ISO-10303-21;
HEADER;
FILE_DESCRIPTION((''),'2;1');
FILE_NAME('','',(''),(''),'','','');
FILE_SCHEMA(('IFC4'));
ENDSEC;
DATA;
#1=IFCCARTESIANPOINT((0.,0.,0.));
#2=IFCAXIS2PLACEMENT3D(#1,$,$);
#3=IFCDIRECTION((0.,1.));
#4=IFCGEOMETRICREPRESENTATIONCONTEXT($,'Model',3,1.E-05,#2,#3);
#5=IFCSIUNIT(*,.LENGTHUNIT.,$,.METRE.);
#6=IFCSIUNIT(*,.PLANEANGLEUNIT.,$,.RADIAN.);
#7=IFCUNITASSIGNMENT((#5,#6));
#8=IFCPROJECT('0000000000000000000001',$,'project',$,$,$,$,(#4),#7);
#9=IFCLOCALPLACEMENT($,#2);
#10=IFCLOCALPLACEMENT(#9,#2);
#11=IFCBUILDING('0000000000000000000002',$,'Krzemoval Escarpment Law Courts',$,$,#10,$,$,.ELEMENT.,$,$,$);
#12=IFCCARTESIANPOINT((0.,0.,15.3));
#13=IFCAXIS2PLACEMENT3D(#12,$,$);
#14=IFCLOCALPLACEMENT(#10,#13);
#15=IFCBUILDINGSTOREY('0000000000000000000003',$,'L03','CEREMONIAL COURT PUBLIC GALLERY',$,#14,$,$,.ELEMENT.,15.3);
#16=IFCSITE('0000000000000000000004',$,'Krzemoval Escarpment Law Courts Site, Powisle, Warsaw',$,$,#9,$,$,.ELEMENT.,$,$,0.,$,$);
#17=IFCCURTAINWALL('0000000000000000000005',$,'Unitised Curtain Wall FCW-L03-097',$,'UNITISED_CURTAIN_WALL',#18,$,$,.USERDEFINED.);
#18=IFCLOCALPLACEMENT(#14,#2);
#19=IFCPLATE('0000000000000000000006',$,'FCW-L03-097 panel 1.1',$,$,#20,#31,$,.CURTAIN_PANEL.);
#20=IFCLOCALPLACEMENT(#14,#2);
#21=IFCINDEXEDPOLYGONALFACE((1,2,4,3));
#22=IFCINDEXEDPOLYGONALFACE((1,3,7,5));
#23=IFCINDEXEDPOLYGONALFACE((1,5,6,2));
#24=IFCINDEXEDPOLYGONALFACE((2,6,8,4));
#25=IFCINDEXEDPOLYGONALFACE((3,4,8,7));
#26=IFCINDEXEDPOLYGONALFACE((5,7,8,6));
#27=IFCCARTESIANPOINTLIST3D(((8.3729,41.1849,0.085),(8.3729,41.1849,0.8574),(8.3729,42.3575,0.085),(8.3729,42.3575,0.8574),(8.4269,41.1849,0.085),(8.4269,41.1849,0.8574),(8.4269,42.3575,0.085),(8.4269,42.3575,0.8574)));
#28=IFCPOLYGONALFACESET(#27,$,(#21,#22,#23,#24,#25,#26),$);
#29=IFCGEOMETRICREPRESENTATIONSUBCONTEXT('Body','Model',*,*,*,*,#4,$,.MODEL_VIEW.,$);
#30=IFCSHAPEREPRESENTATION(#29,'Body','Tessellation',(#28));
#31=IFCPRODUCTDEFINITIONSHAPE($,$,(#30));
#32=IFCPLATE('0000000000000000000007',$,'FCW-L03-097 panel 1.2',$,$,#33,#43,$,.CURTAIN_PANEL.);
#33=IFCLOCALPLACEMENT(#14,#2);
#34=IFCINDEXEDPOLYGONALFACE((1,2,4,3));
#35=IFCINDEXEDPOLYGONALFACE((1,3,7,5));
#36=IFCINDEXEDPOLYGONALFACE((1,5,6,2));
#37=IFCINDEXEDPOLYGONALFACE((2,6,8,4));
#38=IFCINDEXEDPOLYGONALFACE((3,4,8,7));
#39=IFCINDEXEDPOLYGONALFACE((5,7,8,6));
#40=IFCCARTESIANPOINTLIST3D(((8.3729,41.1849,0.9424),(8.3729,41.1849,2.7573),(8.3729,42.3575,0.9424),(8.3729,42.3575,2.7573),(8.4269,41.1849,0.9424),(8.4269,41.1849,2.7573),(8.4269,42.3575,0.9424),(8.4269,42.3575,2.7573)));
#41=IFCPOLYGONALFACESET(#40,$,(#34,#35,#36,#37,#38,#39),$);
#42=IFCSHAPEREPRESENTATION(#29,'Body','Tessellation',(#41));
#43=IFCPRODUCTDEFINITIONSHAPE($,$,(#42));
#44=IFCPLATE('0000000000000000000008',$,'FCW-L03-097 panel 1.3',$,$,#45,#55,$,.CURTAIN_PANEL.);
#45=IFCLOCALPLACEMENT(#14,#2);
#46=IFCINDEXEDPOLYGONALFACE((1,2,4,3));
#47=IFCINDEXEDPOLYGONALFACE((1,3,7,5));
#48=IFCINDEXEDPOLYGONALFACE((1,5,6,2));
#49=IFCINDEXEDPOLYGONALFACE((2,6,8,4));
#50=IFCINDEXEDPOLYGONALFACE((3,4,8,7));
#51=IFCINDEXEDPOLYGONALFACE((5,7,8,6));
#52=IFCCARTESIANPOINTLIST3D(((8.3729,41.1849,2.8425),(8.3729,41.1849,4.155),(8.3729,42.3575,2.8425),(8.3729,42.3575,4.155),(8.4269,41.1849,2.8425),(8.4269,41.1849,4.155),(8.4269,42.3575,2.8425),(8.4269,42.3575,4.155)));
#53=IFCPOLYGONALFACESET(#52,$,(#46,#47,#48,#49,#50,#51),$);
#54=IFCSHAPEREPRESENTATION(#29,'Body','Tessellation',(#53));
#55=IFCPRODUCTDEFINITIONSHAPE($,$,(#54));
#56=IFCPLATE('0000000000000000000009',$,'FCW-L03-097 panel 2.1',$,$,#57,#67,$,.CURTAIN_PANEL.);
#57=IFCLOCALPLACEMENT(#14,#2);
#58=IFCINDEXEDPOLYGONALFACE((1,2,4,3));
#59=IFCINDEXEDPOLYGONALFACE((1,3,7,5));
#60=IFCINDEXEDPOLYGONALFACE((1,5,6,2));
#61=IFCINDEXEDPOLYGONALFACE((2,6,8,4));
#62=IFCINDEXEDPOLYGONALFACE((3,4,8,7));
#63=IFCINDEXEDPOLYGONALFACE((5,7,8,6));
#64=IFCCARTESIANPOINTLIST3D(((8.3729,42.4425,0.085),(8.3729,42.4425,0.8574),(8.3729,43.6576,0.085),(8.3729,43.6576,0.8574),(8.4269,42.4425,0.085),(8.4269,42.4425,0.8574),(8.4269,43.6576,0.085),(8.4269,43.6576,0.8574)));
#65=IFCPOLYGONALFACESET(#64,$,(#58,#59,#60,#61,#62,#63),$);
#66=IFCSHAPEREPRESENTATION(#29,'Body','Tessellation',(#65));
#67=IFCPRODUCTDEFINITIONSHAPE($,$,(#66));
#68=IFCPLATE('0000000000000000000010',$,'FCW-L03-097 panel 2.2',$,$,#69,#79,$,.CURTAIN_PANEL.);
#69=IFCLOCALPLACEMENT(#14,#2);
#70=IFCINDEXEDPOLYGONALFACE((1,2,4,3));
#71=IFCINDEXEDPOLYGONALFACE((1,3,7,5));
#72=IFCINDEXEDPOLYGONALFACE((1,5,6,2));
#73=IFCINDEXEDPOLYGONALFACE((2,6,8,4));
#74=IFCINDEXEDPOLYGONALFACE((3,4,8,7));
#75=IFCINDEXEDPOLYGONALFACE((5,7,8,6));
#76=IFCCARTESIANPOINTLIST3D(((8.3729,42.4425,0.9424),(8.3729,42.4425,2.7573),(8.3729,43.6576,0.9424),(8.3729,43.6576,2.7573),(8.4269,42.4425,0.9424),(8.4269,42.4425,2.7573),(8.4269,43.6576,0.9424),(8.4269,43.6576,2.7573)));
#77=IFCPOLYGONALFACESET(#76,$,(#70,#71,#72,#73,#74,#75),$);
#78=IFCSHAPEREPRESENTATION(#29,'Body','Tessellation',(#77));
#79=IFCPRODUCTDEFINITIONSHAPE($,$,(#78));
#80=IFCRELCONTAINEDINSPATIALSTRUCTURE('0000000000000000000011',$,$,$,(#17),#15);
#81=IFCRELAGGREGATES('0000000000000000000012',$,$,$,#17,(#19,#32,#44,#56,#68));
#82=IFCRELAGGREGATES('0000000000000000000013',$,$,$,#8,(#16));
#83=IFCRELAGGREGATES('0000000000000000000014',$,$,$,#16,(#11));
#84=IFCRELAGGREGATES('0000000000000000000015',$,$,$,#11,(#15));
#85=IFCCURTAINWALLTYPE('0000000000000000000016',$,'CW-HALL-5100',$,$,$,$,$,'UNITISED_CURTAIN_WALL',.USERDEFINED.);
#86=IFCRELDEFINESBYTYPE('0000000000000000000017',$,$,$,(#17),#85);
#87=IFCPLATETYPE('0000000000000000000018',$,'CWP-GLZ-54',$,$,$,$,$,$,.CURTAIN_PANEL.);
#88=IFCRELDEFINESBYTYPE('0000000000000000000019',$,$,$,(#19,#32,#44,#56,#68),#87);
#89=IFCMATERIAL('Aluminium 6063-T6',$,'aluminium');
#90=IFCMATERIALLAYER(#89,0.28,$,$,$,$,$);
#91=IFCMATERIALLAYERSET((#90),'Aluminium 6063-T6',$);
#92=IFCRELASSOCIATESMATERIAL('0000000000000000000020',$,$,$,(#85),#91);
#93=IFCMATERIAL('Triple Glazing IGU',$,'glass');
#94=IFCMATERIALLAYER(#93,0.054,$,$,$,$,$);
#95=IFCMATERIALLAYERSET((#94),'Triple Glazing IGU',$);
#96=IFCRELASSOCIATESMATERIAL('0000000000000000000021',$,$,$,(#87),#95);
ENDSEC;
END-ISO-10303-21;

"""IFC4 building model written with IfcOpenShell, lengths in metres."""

from ifc_helpers import new_model, si_unit, direction, frame, origin, origin_2d, place, context, subcontext, project, spatial, rectangle, extrude, material, layer, layer_set, type_object, element, aggregate, save


model = new_model("IFC4")

# Units and contexts
model_context = context("Model", 3, precision=1e-05, world=origin(), true_north=direction((0.0, 1.0)))
body_context = subcontext(model_context, "Body", "Model", "MODEL_VIEW")
ifc_project = project(units=[si_unit("LENGTHUNIT", "METRE"), si_unit("PLANEANGLEUNIT", "RADIAN")], contexts=[model_context])

# Site, building, storey
site_placement = place(None, origin())
site = spatial("IfcSite", under=ifc_project, at=site_placement, Name="Krzemoval Escarpment Law Courts Site, Powisle, Warsaw", CompositionType="ELEMENT", RefElevation=0.0)
building_placement = place(site_placement, origin())
building = spatial("IfcBuilding", under=site, at=building_placement, Name="Krzemoval Escarpment Law Courts", CompositionType="ELEMENT")
storey_placement = place(building_placement, frame((0.0, 0.0, 15.3)))
storey = spatial("IfcBuildingStorey", under=building, at=storey_placement, Name="L03", Description="CEREMONIAL COURT PUBLIC GALLERY", CompositionType="ELEMENT", Elevation=15.3)

# Curtain wall
ifc_material_1 = material(Name="Aluminium 6063-T6", Category="aluminium")
ifc_layer_1 = layer(ifc_material_1, 0.28)
ifc_layer_set_1 = layer_set([ifc_layer_1], Name="Aluminium 6063-T6")
curtain_wall_type = type_object("IfcCurtainWallType", Name="CW-HALL-5100", ElementType="UNITISED_CURTAIN_WALL", PredefinedType="USERDEFINED", material=ifc_layer_set_1)
curtain_wall_1_placement = place(storey_placement, origin())
curtain_wall_1 = element("IfcCurtainWall", 1, at=curtain_wall_1_placement, inside=storey, type_object=curtain_wall_type, Name="Unitised Curtain Wall FCW-L03-097", ObjectType="UNITISED_CURTAIN_WALL", PredefinedType="USERDEFINED")

# Plates
ifc_material_2 = material(Name="Triple Glazing IGU", Category="glass")
ifc_layer_2 = layer(ifc_material_2, 0.054)
ifc_layer_set_2 = layer_set([ifc_layer_2], Name="Triple Glazing IGU")
plate_type = type_object("IfcPlateType", Name="CWP-GLZ-54", PredefinedType="CURTAIN_PANEL", material=ifc_layer_set_2)
plate_1_placement = place(storey_placement, frame((8.3999, 41.7712, 0.085), z_axis=(0.0, 0.0, 1.0), x_axis=(0.0, 1.0, 0.0)))
plate_1 = element("IfcPlate", 2, at=plate_1_placement, type_object=plate_type, Name="FCW-L03-097 panel 1.1", PredefinedType="CURTAIN_PANEL", context=body_context, shape_type="SweptSolid", body=[
    extrude(rectangle(XDim=1.1726, YDim=0.054, at=origin_2d()), origin(), (0.0, 0.0, 1.0), 0.7725),
])
plate_2_placement = place(storey_placement, frame((8.3999, 41.7712, 0.9424), z_axis=(0.0, 0.0, 1.0), x_axis=(0.0, 1.0, 0.0)))
plate_2 = element("IfcPlate", 3, at=plate_2_placement, type_object=plate_type, Name="FCW-L03-097 panel 1.2", PredefinedType="CURTAIN_PANEL", context=body_context, shape_type="SweptSolid", body=[
    extrude(rectangle(XDim=1.1726, YDim=0.054, at=origin_2d()), origin(), (0.0, 0.0, 1.0), 1.8149),
])
plate_3_placement = place(storey_placement, frame((8.3999, 41.7712, 2.8425), z_axis=(0.0, 0.0, 1.0), x_axis=(0.0, 1.0, 0.0)))
plate_3 = element("IfcPlate", 4, at=plate_3_placement, type_object=plate_type, Name="FCW-L03-097 panel 1.3", PredefinedType="CURTAIN_PANEL", context=body_context, shape_type="SweptSolid", body=[
    extrude(rectangle(XDim=1.1726, YDim=0.054, at=origin_2d()), origin(), (0.0, 0.0, 1.0), 1.3125),
])
plate_4_placement = place(storey_placement, frame((8.3999, 43.05, 0.085), z_axis=(0.0, 0.0, 1.0), x_axis=(0.0, 1.0, 0.0)))
plate_4 = element("IfcPlate", 5, at=plate_4_placement, type_object=plate_type, Name="FCW-L03-097 panel 2.1", PredefinedType="CURTAIN_PANEL", context=body_context, shape_type="SweptSolid", body=[
    extrude(rectangle(XDim=1.2151, YDim=0.054, at=origin_2d()), origin(), (0.0, 0.0, 1.0), 0.7725),
])
plate_5_placement = place(storey_placement, frame((8.3999, 43.05, 0.9424), z_axis=(0.0, 0.0, 1.0), x_axis=(0.0, 1.0, 0.0)))
plate_5 = element("IfcPlate", 6, at=plate_5_placement, type_object=plate_type, Name="FCW-L03-097 panel 2.2", PredefinedType="CURTAIN_PANEL", context=body_context, shape_type="SweptSolid", body=[
    extrude(rectangle(XDim=1.2151, YDim=0.054, at=origin_2d()), origin(), (0.0, 0.0, 1.0), 1.8149),
])
aggregate(curtain_wall_1, [plate_1, plate_2, plate_3, plate_4, plate_5])

save(model, "model.ifc")
